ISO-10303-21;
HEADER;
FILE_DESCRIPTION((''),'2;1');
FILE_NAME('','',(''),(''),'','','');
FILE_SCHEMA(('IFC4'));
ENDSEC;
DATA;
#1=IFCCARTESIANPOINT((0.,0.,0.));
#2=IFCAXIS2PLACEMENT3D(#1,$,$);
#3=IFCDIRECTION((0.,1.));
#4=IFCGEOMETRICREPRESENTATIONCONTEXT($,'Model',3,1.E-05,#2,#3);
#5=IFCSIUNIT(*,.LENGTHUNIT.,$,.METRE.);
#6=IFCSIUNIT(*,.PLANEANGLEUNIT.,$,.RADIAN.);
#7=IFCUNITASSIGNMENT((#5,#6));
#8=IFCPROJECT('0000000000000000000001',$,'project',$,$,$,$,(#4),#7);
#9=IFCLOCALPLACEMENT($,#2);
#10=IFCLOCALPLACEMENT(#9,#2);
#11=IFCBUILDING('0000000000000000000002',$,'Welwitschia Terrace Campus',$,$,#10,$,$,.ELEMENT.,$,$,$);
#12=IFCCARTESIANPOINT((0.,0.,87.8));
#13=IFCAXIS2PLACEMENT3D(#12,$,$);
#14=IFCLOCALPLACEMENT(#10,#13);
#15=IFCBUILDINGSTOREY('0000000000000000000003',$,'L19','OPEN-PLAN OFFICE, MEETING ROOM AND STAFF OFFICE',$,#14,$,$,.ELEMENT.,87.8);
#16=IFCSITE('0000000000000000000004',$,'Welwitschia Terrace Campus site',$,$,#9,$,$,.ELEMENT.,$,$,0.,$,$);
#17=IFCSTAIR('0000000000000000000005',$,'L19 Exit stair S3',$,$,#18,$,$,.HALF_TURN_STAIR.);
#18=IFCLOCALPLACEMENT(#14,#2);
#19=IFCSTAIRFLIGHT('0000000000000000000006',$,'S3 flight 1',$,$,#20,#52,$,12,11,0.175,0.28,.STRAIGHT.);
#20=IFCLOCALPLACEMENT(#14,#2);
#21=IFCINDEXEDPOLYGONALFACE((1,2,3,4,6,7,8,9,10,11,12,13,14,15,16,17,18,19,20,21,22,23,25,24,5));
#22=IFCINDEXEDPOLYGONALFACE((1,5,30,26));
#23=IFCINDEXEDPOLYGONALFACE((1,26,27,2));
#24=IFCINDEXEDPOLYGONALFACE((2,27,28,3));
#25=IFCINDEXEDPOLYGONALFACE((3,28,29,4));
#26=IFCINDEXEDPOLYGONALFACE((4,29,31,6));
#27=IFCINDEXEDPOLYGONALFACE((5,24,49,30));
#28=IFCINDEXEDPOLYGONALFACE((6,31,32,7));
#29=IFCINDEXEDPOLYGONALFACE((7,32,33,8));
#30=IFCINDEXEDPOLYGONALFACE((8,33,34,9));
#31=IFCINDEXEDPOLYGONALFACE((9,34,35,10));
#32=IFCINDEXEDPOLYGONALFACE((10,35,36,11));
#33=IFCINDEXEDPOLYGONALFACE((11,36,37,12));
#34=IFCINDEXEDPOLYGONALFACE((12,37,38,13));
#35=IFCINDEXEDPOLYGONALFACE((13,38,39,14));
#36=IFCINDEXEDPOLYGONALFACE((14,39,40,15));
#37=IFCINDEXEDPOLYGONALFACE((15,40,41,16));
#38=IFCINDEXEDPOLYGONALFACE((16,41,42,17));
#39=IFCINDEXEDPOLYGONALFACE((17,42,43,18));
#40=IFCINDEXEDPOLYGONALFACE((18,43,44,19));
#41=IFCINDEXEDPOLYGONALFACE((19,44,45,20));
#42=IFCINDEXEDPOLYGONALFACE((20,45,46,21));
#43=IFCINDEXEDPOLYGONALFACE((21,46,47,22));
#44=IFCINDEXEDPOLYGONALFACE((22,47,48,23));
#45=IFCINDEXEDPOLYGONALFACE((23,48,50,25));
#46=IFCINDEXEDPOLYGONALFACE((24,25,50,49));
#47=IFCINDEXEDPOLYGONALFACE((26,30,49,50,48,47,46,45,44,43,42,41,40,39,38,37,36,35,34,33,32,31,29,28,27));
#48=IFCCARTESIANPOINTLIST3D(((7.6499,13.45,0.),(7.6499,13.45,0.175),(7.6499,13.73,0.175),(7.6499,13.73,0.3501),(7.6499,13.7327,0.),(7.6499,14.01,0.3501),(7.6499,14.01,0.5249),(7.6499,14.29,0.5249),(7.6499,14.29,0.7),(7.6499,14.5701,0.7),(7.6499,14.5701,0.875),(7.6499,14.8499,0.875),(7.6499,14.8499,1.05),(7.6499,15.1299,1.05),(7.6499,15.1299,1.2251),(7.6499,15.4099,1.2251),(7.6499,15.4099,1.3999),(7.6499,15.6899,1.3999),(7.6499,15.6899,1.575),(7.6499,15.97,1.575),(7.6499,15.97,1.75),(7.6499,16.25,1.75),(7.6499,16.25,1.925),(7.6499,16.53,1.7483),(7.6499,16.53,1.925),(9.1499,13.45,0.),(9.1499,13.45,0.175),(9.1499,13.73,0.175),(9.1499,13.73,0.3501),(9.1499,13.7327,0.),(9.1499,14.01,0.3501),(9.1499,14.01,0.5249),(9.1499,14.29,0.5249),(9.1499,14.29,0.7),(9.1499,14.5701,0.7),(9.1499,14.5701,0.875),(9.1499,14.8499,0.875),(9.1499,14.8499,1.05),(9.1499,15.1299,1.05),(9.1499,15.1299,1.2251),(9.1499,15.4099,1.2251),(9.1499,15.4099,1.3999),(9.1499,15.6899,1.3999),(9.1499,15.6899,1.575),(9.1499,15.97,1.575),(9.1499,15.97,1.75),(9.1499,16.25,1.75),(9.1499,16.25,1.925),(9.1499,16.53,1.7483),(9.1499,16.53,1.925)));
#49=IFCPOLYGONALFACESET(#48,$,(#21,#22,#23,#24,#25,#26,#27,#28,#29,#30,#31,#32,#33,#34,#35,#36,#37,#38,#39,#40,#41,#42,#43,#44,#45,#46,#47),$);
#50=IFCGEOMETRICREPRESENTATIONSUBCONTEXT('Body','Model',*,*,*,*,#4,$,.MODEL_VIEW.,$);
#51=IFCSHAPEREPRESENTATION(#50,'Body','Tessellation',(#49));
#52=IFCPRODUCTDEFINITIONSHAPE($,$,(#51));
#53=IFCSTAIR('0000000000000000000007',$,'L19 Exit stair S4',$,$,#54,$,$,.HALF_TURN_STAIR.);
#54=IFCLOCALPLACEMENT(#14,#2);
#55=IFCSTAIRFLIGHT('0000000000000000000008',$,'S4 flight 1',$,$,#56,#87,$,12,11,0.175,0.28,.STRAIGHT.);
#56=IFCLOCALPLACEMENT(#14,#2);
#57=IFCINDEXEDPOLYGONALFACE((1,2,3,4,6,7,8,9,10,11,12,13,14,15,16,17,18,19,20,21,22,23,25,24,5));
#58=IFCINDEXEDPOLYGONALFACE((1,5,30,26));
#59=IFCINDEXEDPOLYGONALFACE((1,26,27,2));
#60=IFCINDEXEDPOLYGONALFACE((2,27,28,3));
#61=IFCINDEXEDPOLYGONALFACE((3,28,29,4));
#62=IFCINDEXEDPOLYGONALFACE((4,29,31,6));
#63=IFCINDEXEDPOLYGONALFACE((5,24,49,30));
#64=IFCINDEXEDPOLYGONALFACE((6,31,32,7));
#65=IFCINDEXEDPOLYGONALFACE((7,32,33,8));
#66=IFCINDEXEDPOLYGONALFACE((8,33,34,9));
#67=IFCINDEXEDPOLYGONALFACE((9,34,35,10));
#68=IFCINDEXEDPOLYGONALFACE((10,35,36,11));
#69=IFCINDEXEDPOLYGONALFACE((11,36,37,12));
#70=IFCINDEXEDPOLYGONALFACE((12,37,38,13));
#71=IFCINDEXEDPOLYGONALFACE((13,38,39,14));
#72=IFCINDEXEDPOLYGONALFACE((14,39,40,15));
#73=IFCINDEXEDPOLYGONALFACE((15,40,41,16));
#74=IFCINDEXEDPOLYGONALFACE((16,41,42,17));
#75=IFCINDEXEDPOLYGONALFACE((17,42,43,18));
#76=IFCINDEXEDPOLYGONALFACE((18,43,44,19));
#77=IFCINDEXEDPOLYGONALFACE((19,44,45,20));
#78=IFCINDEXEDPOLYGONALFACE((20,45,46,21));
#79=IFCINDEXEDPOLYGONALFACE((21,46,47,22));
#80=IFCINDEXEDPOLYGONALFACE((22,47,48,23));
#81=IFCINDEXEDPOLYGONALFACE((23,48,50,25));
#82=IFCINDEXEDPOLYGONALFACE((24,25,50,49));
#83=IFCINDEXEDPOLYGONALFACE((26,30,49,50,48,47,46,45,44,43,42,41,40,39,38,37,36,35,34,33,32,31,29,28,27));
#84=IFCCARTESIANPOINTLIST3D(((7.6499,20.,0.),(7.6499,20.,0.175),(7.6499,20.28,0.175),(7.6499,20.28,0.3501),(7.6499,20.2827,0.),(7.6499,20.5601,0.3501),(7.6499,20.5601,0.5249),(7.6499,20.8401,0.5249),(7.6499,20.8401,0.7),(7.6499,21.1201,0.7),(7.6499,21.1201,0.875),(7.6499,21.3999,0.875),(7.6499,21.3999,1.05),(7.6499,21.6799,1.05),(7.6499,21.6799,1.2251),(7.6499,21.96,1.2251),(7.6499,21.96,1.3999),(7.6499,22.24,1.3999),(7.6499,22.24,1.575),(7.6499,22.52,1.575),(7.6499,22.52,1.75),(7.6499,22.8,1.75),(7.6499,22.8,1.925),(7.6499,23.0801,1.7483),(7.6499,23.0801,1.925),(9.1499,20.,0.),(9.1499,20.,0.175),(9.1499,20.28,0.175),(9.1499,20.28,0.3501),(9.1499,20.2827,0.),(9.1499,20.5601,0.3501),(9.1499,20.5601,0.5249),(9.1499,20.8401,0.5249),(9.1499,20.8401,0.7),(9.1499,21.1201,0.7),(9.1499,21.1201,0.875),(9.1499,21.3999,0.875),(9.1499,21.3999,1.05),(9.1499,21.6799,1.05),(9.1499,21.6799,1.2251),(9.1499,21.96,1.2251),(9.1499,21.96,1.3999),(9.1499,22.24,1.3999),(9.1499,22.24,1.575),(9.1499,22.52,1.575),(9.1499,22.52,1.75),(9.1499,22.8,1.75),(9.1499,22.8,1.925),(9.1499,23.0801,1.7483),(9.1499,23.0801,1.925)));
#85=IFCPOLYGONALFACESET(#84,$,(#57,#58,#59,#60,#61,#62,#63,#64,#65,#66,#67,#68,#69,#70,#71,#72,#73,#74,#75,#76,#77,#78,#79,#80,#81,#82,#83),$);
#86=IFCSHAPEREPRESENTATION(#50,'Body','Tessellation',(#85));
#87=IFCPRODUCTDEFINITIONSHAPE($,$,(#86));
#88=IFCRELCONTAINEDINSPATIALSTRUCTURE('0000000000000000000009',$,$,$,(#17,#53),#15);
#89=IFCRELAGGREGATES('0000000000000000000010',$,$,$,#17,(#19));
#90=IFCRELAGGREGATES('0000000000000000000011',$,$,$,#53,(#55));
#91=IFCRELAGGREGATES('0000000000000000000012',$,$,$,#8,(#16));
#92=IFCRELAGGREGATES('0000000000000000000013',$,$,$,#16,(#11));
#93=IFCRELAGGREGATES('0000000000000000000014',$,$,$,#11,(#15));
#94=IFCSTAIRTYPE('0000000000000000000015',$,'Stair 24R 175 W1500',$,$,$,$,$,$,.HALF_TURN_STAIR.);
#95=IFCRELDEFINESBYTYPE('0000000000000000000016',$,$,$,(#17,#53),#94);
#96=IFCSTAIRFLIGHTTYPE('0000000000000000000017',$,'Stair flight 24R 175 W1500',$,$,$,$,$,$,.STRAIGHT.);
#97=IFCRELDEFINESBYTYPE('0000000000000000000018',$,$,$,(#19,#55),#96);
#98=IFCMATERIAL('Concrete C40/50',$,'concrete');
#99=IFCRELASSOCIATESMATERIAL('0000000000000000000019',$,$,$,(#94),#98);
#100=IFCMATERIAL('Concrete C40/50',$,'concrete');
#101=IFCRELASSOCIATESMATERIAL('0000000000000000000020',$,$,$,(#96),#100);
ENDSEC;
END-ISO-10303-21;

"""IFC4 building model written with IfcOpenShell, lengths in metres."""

from ifc_helpers import new_model, si_unit, direction, frame, origin, place, context, subcontext, project, spatial, polyline, outline, extrude, material, type_object, element, aggregate, save


model = new_model("IFC4")

# Units and contexts
model_context = context("Model", 3, precision=1e-05, world=origin(), true_north=direction((0.0, 1.0)))
body_context = subcontext(model_context, "Body", "Model", "MODEL_VIEW")
ifc_project = project(units=[si_unit("LENGTHUNIT", "METRE"), si_unit("PLANEANGLEUNIT", "RADIAN")], contexts=[model_context])

# Site, building, storey
site_placement = place(None, origin())
site = spatial("IfcSite", under=ifc_project, at=site_placement, Name="Welwitschia Terrace Campus site", CompositionType="ELEMENT", RefElevation=0.0)
building_placement = place(site_placement, origin())
building = spatial("IfcBuilding", under=site, at=building_placement, Name="Welwitschia Terrace Campus", CompositionType="ELEMENT")
storey_placement = place(building_placement, frame((0.0, 0.0, 87.8)))
storey = spatial("IfcBuildingStorey", under=building, at=storey_placement, Name="L19", Description="OPEN-PLAN OFFICE, MEETING ROOM AND STAFF OFFICE", CompositionType="ELEMENT", Elevation=87.8)

# Stairs, stair flights
ifc_material_1 = material(Name="Concrete C40/50", Category="concrete")
stair_type = type_object("IfcStairType", Name="Stair 24R 175 W1500", PredefinedType="HALF_TURN_STAIR", material=ifc_material_1)
stair_1_placement = place(storey_placement, origin())
stair_1 = element("IfcStair", 1, at=stair_1_placement, inside=storey, type_object=stair_type, Name="L19 Exit stair S3", PredefinedType="HALF_TURN_STAIR")
ifc_material_2 = material(Name="Concrete C40/50", Category="concrete")
stair_flight_type = type_object("IfcStairFlightType", Name="Stair flight 24R 175 W1500", PredefinedType="STRAIGHT", material=ifc_material_2)
stair_flight_1_placement = place(storey_placement, frame((8.3999, 13.45, 0.0), z_axis=(0.0, 0.0, 1.0), x_axis=(0.0, 1.0, 0.0)))
stair_flight_1 = element("IfcStairFlight", 2, at=stair_flight_1_placement, type_object=stair_flight_type, Name="S3 flight 1", NumberOfRisers=12, NumberOfTreads=11, PredefinedType="STRAIGHT", RiserHeight=0.175, TreadLength=0.28, context=body_context, shape_type="SweptSolid", body=[
    extrude(outline(polyline([(0.0, 0.0), (0.0, 0.175), (0.28, 0.175), (0.28, 0.3501), (0.5601, 0.3501), (0.5601, 0.5249), (0.8401, 0.5249), (0.8401, 0.7), (1.1201, 0.7), (1.1201, 0.875), (1.3999, 0.875), (1.3999, 1.05), (1.6799, 1.05), (1.6799, 1.2251), (1.96, 1.2251), (1.96, 1.3999), (2.24, 1.3999), (2.24, 1.575), (2.52, 1.575), (2.52, 1.75), (2.8, 1.75), (2.8, 1.925), (3.0801, 1.925), (3.0801, 2.1001), (3.0801, 1.7483), (0.2827, 0.0), (0.0, 0.0)])), frame((0.0, 0.75, 0.0), z_axis=(0.0, -1.0, 0.0), x_axis=(1.0, 0.0, 0.0)), (0.0, 0.0, 1.0), 1.5),
])
aggregate(stair_1, [stair_flight_1])
stair_2_placement = place(storey_placement, origin())
stair_2 = element("IfcStair", 3, at=stair_2_placement, inside=storey, type_object=stair_type, Name="L19 Exit stair S4", PredefinedType="HALF_TURN_STAIR")
stair_flight_2_placement = place(storey_placement, frame((8.3999, 20.0, 0.0), z_axis=(0.0, 0.0, 1.0), x_axis=(0.0, 1.0, 0.0)))
stair_flight_2 = element("IfcStairFlight", 4, at=stair_flight_2_placement, type_object=stair_flight_type, Name="S4 flight 1", NumberOfRisers=12, NumberOfTreads=11, PredefinedType="STRAIGHT", RiserHeight=0.175, TreadLength=0.28, context=body_context, shape_type="SweptSolid", body=[
    extrude(outline(polyline([(0.0, 0.0), (0.0, 0.175), (0.28, 0.175), (0.28, 0.3501), (0.5601, 0.3501), (0.5601, 0.5249), (0.8401, 0.5249), (0.8401, 0.7), (1.1201, 0.7), (1.1201, 0.875), (1.3999, 0.875), (1.3999, 1.05), (1.6799, 1.05), (1.6799, 1.2251), (1.96, 1.2251), (1.96, 1.3999), (2.24, 1.3999), (2.24, 1.575), (2.52, 1.575), (2.52, 1.75), (2.8, 1.75), (2.8, 1.925), (3.0801, 1.925), (3.0801, 2.1001), (3.0801, 1.7483), (0.2827, 0.0), (0.0, 0.0)])), frame((0.0, 0.75, 0.0), z_axis=(0.0, -1.0, 0.0), x_axis=(1.0, 0.0, 0.0)), (0.0, 0.0, 1.0), 1.5),
])
aggregate(stair_2, [stair_flight_2])

save(model, "model.ifc")
